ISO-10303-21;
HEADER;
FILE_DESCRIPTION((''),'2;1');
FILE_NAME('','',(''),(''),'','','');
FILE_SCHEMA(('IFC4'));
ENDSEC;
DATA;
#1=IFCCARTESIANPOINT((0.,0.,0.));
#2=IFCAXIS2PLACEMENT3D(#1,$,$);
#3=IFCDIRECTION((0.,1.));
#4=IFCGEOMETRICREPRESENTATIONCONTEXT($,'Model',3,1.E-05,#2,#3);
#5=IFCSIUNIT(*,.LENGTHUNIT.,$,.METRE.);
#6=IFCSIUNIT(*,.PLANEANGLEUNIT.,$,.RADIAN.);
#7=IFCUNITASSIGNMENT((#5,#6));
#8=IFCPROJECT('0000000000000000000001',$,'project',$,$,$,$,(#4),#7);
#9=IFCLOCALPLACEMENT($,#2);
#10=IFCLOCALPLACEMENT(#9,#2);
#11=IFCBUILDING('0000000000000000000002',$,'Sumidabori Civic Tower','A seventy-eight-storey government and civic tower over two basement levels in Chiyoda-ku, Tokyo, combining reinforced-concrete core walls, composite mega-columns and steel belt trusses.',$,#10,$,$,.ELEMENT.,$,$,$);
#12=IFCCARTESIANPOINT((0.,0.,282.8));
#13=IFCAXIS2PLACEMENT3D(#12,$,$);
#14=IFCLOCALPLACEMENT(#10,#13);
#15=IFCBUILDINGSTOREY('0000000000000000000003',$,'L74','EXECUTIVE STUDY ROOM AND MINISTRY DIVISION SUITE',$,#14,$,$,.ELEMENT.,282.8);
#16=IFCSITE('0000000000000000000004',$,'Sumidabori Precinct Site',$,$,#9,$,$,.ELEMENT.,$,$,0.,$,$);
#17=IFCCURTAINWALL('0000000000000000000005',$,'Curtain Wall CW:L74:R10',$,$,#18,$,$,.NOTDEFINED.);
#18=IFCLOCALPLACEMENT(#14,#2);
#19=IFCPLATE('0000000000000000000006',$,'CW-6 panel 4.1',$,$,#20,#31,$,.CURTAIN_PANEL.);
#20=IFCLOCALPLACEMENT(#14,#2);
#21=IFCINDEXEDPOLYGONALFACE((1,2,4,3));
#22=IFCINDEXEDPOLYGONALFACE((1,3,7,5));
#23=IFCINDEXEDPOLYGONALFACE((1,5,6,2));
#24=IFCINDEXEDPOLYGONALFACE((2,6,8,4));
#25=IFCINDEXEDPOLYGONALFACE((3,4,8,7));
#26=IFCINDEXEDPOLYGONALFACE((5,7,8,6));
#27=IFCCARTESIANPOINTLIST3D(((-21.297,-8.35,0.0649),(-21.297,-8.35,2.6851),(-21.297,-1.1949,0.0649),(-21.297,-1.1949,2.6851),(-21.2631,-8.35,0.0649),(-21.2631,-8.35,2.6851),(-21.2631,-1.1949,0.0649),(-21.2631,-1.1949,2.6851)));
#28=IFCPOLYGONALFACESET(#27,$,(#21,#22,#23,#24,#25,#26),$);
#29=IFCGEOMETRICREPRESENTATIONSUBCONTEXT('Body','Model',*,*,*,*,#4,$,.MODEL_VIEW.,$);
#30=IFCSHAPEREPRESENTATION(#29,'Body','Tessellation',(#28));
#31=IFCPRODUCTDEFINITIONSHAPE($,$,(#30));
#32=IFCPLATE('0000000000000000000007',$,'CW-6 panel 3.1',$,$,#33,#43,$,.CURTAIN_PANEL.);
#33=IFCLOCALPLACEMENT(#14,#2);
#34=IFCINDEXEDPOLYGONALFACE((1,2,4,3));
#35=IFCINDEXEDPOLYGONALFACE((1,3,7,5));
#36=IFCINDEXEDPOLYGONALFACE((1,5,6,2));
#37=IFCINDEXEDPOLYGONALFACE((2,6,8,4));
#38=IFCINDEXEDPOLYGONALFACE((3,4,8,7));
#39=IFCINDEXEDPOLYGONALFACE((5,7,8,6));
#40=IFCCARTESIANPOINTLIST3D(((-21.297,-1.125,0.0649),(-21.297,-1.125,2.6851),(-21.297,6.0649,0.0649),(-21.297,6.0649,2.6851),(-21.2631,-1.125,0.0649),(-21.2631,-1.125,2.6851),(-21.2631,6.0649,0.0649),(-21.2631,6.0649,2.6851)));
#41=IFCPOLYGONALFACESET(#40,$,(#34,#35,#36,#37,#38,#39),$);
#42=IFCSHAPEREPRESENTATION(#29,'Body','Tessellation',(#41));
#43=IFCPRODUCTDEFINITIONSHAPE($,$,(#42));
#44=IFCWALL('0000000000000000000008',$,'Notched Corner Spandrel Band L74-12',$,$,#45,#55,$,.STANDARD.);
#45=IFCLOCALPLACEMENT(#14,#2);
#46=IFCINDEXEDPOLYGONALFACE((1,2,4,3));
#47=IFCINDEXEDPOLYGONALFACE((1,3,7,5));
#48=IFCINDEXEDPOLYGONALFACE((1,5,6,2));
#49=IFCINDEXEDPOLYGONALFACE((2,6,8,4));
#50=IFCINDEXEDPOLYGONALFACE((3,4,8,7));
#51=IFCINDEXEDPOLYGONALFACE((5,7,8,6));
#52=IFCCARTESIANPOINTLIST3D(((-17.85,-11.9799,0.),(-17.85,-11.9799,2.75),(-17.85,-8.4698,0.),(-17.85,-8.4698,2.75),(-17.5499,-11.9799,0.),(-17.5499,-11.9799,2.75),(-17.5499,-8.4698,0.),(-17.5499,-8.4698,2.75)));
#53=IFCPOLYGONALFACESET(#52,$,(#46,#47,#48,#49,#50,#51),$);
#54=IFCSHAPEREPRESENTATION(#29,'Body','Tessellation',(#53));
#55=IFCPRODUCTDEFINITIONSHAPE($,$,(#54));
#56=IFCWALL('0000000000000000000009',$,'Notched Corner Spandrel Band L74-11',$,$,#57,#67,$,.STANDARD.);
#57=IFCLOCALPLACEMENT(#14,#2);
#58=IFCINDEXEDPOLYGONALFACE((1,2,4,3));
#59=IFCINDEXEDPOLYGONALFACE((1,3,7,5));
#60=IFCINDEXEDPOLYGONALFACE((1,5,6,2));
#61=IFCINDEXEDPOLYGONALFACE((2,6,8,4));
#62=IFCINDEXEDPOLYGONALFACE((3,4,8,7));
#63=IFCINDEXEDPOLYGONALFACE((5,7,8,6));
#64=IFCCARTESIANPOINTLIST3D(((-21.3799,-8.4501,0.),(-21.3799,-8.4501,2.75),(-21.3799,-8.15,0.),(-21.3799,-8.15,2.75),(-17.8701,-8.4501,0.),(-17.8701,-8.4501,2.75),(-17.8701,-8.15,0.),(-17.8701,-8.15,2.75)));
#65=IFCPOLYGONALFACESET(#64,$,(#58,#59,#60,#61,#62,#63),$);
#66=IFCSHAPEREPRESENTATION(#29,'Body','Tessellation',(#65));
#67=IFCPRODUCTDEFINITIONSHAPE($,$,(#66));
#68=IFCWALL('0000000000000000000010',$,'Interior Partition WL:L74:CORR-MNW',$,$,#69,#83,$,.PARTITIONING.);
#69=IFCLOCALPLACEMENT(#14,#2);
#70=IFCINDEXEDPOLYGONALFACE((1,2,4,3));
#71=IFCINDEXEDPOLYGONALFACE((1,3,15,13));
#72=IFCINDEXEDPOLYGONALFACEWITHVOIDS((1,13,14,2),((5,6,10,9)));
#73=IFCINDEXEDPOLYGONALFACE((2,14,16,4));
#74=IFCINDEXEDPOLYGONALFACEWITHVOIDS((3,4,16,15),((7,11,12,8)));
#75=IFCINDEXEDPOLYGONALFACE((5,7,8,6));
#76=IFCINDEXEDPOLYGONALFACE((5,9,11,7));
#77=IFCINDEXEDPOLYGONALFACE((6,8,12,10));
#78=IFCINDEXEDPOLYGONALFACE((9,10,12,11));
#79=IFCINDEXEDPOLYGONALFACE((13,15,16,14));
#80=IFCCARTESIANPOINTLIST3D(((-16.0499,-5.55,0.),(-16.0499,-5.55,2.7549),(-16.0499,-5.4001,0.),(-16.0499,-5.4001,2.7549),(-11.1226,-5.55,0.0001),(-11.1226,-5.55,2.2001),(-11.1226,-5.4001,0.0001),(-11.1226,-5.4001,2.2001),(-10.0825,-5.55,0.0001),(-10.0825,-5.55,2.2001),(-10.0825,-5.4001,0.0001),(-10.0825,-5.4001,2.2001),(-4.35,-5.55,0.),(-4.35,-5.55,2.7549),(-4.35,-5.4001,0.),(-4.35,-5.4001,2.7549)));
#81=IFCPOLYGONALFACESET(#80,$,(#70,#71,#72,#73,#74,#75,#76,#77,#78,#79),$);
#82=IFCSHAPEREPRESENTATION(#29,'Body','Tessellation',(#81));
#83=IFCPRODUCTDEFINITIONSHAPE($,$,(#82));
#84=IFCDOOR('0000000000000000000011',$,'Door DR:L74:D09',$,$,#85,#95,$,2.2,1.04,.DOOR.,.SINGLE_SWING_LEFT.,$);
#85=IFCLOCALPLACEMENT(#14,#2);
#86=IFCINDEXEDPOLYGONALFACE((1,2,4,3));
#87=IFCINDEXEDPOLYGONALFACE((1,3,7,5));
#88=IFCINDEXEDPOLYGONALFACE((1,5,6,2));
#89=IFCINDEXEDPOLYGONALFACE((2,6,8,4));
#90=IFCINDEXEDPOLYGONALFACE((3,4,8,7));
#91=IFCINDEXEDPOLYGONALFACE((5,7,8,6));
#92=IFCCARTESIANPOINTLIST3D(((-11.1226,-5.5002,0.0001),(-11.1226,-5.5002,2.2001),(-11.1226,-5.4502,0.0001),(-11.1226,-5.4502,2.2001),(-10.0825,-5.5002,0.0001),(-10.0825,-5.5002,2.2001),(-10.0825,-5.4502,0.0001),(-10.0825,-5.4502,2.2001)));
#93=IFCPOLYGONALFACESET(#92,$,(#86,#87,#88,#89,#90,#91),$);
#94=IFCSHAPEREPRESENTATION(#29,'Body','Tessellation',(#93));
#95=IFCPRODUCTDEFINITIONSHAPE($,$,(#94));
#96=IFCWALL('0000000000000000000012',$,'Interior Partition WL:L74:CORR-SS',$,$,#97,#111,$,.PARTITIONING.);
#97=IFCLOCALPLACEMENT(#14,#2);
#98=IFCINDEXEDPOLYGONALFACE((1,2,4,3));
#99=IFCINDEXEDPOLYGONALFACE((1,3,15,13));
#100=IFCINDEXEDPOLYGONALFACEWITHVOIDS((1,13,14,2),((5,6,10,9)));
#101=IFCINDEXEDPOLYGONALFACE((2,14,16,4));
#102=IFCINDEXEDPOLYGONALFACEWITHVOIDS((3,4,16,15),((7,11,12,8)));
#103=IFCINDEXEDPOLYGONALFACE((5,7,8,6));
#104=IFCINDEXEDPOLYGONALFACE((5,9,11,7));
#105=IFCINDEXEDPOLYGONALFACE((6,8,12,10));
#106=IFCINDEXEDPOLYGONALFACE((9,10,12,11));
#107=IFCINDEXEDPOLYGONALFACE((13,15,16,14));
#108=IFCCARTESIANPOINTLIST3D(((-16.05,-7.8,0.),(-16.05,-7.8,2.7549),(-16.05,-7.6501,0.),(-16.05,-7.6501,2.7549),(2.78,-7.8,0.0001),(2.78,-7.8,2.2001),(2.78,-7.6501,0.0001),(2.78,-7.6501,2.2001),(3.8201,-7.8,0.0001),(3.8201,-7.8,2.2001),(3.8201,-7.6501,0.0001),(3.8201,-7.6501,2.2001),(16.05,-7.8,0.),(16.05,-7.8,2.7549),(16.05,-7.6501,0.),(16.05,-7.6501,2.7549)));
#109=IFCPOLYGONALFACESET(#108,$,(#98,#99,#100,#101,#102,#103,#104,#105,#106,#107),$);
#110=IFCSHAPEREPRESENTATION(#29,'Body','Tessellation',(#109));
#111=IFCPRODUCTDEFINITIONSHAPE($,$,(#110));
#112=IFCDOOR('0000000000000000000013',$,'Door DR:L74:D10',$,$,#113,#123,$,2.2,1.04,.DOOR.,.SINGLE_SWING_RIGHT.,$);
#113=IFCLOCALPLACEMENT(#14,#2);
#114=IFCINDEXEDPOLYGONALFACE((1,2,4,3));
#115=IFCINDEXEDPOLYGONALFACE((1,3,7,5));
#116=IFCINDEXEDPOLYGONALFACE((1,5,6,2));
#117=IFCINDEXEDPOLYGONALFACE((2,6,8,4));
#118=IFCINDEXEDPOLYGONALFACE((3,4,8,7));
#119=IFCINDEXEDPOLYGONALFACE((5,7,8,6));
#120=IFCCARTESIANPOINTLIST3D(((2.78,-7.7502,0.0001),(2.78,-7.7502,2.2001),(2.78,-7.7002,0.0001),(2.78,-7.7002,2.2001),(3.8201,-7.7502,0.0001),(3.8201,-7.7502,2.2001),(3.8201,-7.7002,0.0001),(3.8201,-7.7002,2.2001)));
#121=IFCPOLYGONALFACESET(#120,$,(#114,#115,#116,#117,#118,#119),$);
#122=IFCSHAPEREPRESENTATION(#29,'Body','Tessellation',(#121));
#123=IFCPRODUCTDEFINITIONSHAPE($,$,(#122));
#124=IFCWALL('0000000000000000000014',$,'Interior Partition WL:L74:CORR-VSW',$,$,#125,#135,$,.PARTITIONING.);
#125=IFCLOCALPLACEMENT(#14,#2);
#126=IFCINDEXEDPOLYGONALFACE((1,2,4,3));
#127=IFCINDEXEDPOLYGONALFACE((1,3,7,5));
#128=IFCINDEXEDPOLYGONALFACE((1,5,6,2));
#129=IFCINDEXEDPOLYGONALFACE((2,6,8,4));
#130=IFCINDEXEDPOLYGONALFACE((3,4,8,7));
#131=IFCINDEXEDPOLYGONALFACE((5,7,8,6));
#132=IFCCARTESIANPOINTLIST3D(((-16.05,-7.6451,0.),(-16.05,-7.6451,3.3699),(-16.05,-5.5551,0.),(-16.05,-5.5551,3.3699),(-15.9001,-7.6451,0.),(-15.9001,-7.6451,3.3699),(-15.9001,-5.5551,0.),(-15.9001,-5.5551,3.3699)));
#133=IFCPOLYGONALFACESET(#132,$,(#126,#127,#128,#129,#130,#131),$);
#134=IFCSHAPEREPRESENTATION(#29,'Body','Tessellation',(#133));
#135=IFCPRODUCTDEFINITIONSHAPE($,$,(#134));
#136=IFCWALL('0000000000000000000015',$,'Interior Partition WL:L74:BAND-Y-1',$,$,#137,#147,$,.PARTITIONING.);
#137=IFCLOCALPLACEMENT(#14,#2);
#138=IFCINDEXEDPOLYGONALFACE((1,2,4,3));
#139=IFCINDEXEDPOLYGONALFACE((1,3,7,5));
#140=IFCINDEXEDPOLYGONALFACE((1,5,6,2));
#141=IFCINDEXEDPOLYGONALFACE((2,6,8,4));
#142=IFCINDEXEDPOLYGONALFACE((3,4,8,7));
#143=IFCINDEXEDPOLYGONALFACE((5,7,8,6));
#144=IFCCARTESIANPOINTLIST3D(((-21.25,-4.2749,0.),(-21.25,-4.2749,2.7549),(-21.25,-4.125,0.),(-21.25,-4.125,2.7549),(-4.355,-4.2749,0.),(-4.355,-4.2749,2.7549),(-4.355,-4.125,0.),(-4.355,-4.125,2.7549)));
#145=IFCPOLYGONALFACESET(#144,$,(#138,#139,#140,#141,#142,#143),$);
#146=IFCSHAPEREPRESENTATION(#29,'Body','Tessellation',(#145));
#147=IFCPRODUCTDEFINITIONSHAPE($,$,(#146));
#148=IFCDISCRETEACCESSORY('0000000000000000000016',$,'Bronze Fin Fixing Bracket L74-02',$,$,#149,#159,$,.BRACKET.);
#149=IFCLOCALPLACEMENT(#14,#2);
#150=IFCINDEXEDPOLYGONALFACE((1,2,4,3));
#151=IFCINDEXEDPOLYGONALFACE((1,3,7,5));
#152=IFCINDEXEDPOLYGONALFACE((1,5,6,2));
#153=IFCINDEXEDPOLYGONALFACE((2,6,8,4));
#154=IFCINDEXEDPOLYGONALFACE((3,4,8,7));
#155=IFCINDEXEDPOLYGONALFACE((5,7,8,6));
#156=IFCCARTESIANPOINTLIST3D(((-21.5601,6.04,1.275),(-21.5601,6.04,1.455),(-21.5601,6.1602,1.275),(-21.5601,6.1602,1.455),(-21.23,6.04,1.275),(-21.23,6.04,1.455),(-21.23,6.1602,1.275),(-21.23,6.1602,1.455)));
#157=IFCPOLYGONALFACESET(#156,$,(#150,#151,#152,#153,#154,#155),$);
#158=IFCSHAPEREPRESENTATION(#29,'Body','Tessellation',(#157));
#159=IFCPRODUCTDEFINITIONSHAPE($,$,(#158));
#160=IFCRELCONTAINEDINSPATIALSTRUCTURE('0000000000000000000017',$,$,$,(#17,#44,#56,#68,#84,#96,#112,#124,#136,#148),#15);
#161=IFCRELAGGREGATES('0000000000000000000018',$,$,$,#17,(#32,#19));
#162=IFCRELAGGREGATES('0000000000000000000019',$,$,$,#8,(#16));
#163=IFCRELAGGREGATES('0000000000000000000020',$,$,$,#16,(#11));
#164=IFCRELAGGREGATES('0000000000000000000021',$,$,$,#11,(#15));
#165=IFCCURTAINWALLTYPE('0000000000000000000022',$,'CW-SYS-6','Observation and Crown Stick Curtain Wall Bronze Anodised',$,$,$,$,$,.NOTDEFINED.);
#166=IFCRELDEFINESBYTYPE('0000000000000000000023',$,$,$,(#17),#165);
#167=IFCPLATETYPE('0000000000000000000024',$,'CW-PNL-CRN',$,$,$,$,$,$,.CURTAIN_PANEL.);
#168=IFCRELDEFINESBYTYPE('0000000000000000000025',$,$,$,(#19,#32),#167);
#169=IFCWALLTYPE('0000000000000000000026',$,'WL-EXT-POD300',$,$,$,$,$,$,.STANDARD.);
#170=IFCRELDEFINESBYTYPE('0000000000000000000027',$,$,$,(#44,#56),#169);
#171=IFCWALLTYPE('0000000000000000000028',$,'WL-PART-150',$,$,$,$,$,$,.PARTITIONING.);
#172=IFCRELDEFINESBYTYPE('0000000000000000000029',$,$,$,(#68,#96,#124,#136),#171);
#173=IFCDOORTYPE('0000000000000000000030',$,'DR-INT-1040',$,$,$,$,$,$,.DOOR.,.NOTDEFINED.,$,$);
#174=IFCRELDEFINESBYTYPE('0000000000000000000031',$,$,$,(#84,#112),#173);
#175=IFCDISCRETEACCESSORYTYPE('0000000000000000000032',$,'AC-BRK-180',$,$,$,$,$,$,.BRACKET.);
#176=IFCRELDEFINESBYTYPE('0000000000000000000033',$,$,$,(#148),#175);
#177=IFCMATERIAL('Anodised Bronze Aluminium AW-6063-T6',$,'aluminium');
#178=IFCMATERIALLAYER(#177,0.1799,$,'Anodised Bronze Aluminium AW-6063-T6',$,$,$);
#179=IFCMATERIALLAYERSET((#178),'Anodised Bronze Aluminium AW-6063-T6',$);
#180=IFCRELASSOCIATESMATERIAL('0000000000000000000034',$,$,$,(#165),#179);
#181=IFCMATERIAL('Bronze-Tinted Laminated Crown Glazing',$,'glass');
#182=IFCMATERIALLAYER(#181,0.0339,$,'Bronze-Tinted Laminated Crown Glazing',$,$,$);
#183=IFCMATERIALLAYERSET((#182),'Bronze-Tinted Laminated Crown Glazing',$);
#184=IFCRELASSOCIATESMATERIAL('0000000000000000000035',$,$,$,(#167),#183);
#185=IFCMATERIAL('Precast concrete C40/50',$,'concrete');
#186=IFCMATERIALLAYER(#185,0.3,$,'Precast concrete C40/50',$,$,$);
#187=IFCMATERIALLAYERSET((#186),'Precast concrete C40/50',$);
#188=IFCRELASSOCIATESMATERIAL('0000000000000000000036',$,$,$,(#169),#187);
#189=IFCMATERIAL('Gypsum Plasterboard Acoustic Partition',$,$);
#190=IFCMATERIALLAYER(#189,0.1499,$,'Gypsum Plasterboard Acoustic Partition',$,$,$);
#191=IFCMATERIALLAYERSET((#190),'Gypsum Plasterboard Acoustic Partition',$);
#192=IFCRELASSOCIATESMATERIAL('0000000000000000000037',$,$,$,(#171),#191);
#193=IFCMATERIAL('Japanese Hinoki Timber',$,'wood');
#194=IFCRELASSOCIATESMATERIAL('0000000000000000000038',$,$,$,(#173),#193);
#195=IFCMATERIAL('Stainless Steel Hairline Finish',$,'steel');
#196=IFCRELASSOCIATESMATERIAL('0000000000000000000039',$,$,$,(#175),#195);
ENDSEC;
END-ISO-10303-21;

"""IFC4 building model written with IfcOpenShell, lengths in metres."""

from ifc_helpers import new_model, si_unit, direction, frame, frame_2d, origin, origin_2d, place, context, subcontext, project, spatial, rectangle, extrude, source, transform, mapped, material, layer, layer_set, material_profile, profile_set, type_object, element, fill, aggregate, save


model = new_model("IFC4")

# Units and contexts
model_context = context("Model", 3, precision=1e-05, world=origin(), true_north=direction((0.0, 1.0)))
body_context = subcontext(model_context, "Body", "Model", "MODEL_VIEW")
ifc_project = project(units=[si_unit("LENGTHUNIT", "METRE"), si_unit("PLANEANGLEUNIT", "RADIAN")], contexts=[model_context])

# Site, building, storey
site_placement = place(None, origin())
site = spatial("IfcSite", under=ifc_project, at=site_placement, Name="Sumidabori Precinct Site", CompositionType="ELEMENT", RefElevation=0.0)
building_placement = place(site_placement, origin())
building = spatial("IfcBuilding", under=site, at=building_placement, Name="Sumidabori Civic Tower", Description="A seventy-eight-storey government and civic tower over two basement levels in Chiyoda-ku, Tokyo, combining reinforced-concrete core walls, composite mega-columns and steel belt trusses.", CompositionType="ELEMENT")
storey_placement = place(building_placement, frame((0.0, 0.0, 282.8)))
storey = spatial("IfcBuildingStorey", under=building, at=storey_placement, Name="L74", Description="EXECUTIVE STUDY ROOM AND MINISTRY DIVISION SUITE", CompositionType="ELEMENT", Elevation=282.8)

# Shared definitions
ifc_material_1 = material(Name="Anodised Bronze Aluminium AW-6063-T6", Category="aluminium")
ifc_layer_1 = layer(ifc_material_1, 0.1799, Name="Anodised Bronze Aluminium AW-6063-T6")
ifc_layer_set_1 = layer_set([ifc_layer_1], Name="Anodised Bronze Aluminium AW-6063-T6")
curtain_wall_type = type_object("IfcCurtainWallType", Name="CW-SYS-6", Description="Observation and Crown Stick Curtain Wall Bronze Anodised", PredefinedType="NOTDEFINED", material=ifc_layer_set_1)

# Curtain wall
curtain_wall_1_placement = place(storey_placement, origin())
curtain_wall_1 = element("IfcCurtainWall", 1, at=curtain_wall_1_placement, inside=storey, type_object=curtain_wall_type, Name="Curtain Wall CW:L74:R10", PredefinedType="NOTDEFINED")

# Plates
ifc_material_2 = material(Name="Bronze-Tinted Laminated Crown Glazing", Category="glass")
ifc_layer_2 = layer(ifc_material_2, 0.0339, Name="Bronze-Tinted Laminated Crown Glazing")
ifc_layer_set_2 = layer_set([ifc_layer_2], Name="Bronze-Tinted Laminated Crown Glazing")
plate_type = type_object("IfcPlateType", Name="CW-PNL-CRN", PredefinedType="CURTAIN_PANEL", material=ifc_layer_set_2)
shared_shape_1 = source(origin(), body_context, "Body", "SweptSolid", [
    extrude(rectangle(XDim=7.155, YDim=0.0339, at=origin_2d()), origin(), (0.0, 0.0, 1.0), 2.6201),
])
plate_1_placement = place(storey_placement, frame((-21.28, -4.7725, 0.0649), z_axis=(0.0, 0.0, 1.0), x_axis=(0.0, -1.0, 0.0)))
plate_1 = element("IfcPlate", 2, at=plate_1_placement, type_object=plate_type, Name="CW-6 panel 4.1", PredefinedType="CURTAIN_PANEL", context=body_context, shape_type="MappedRepresentation", body=[
    mapped(shared_shape_1, transform((0.0, 0.0, 0.0), x_axis=(1.0, 0.0, 0.0), y_axis=(0.0, 1.0, 0.0), z_axis=(0.0, 0.0, 1.0), scale=1.0)),
])
shared_shape_2 = source(origin(), body_context, "Body", "SweptSolid", [
    extrude(rectangle(XDim=7.1899, YDim=0.0339, at=origin_2d()), origin(), (0.0, 0.0, 1.0), 2.6201),
])
plate_2_placement = place(storey_placement, frame((-21.28, 2.47, 0.0649), z_axis=(0.0, 0.0, 1.0), x_axis=(0.0, -1.0, 0.0)))
plate_2 = element("IfcPlate", 3, at=plate_2_placement, type_object=plate_type, Name="CW-6 panel 3.1", PredefinedType="CURTAIN_PANEL", context=body_context, shape_type="MappedRepresentation", body=[
    mapped(shared_shape_2, transform((0.0, 0.0, 0.0), x_axis=(1.0, 0.0, 0.0), y_axis=(0.0, 1.0, 0.0), z_axis=(0.0, 0.0, 1.0), scale=1.0)),
])
aggregate(curtain_wall_1, [plate_2, plate_1])

# Walls
ifc_material_3 = material(Name="Precast concrete C40/50", Category="concrete")
ifc_layer_3 = layer(ifc_material_3, 0.3, Name="Precast concrete C40/50")
ifc_layer_set_3 = layer_set([ifc_layer_3], Name="Precast concrete C40/50")
wall_type_1 = type_object("IfcWallType", Name="WL-EXT-POD300", PredefinedType="STANDARD", material=ifc_layer_set_3)
shared_shape_3 = source(origin(), body_context, "Body", "SweptSolid", [
    extrude(rectangle(XDim=3.51, YDim=0.3, at=frame_2d((1.7549, 0.0))), origin(), (0.0, 0.0, 1.0), 2.75),
])
wall_1_placement = place(storey_placement, frame((-17.7, -8.47, 0.0), z_axis=(0.0, 0.0, 1.0), x_axis=(0.0, -1.0, 0.0)))
element("IfcWall", 4, at=wall_1_placement, inside=storey, type_object=wall_type_1, Name="Notched Corner Spandrel Band L74-12", PredefinedType="STANDARD", context=body_context, shape_type="MappedRepresentation", body=[
    mapped(shared_shape_3, transform((0.0, 0.0, 0.0), x_axis=(1.0, 0.0, 0.0), y_axis=(0.0, 1.0, 0.0), z_axis=(0.0, 0.0, 1.0), scale=1.0)),
])
shared_shape_4 = source(origin(), body_context, "Body", "SweptSolid", [
    extrude(rectangle(XDim=3.5098, YDim=0.3, at=frame_2d((1.7549, 0.0))), origin(), (0.0, 0.0, 1.0), 2.75),
])
wall_2_placement = place(storey_placement, frame((-21.3799, -8.3, 0.0), z_axis=(0.0, 0.0, 1.0), x_axis=(1.0, 0.0, 0.0)))
element("IfcWall", 5, at=wall_2_placement, inside=storey, type_object=wall_type_1, Name="Notched Corner Spandrel Band L74-11", PredefinedType="STANDARD", context=body_context, shape_type="MappedRepresentation", body=[
    mapped(shared_shape_4, transform((0.0, 0.0, 0.0), x_axis=(1.0, 0.0, 0.0), y_axis=(0.0, 1.0, 0.0), z_axis=(0.0, 0.0, 1.0), scale=1.0)),
])

# Walls, openings, doors
ifc_material_4 = material(Name="Gypsum Plasterboard Acoustic Partition")
ifc_layer_4 = layer(ifc_material_4, 0.1499, Name="Gypsum Plasterboard Acoustic Partition")
ifc_layer_set_4 = layer_set([ifc_layer_4], Name="Gypsum Plasterboard Acoustic Partition")
wall_type_2 = type_object("IfcWallType", Name="WL-PART-150", PredefinedType="PARTITIONING", material=ifc_layer_set_4)
shared_shape_5 = source(origin(), body_context, "Body", "SweptSolid", [
    extrude(rectangle(XDim=11.7, YDim=0.1499, at=frame_2d((5.8501, 0.0))), origin(), (0.0, 0.0, 1.0), 2.7549),
])
wall_3_placement = place(storey_placement, frame((-16.05, -5.4751, 0.0), z_axis=(0.0, 0.0, 1.0), x_axis=(1.0, 0.0, 0.0)))
wall_3 = element("IfcWall", 6, at=wall_3_placement, inside=storey, type_object=wall_type_2, Name="Interior Partition WL:L74:CORR-MNW", PredefinedType="PARTITIONING", context=body_context, shape_type="MappedRepresentation", body=[
    mapped(shared_shape_5, transform((0.0, 0.0, 0.0), x_axis=(1.0, 0.0, 0.0), y_axis=(0.0, 1.0, 0.0), z_axis=(0.0, 0.0, 1.0), scale=1.0)),
])
opening_1_placement = place(wall_3_placement, frame((4.9275, 0.0, 0.0)))
opening_1 = element("IfcOpeningElement", 7, at=opening_1_placement, cuts=wall_3, PredefinedType="OPENING", context=body_context, shape_type="SweptSolid", body=[
    extrude(rectangle(XDim=1.04, YDim=2.2, at=frame_2d((0.52, 1.1001))), frame((0.0, 0.0869, 0.0), z_axis=(0.0, -1.0, 0.0), x_axis=(1.0, 0.0, 0.0)), (0.0, 0.0, 1.0), 0.1738),
])
ifc_material_5 = material(Name="Japanese Hinoki Timber", Category="wood")
door_type = type_object("IfcDoorType", Name="DR-INT-1040", OperationType="NOTDEFINED", PredefinedType="DOOR", material=ifc_material_5)
shared_shape_6 = source(origin(), body_context, "Body", "SweptSolid", [
    extrude(rectangle(XDim=1.04, YDim=2.2, at=frame_2d((0.52, 1.1001))), frame((0.0, 0.0249, 0.0), z_axis=(0.0, -1.0, 0.0), x_axis=(1.0, 0.0, 0.0)), (0.0, 0.0, 1.0), 0.05),
])
door_1_placement = place(opening_1_placement, origin())
door_1 = element("IfcDoor", 8, at=door_1_placement, inside=storey, type_object=door_type, Name="Door DR:L74:D09", OperationType="SINGLE_SWING_LEFT", OverallHeight=2.2, OverallWidth=1.04, PredefinedType="DOOR", context=body_context, shape_type="MappedRepresentation", body=[
    mapped(shared_shape_6, transform((0.0, 0.0, 0.0), x_axis=(1.0, 0.0, 0.0), y_axis=(0.0, 1.0, 0.0), z_axis=(0.0, 0.0, 1.0), scale=1.0)),
])
fill(opening_1, door_1)
shared_shape_7 = source(origin(), body_context, "Body", "SweptSolid", [
    extrude(rectangle(XDim=32.1001, YDim=0.1499, at=frame_2d((16.05, 0.0))), origin(), (0.0, 0.0, 1.0), 2.7549),
])
wall_4_placement = place(storey_placement, frame((-16.05, -7.7251, 0.0), z_axis=(0.0, 0.0, 1.0), x_axis=(1.0, 0.0, 0.0)))
wall_4 = element("IfcWall", 9, at=wall_4_placement, inside=storey, type_object=wall_type_2, Name="Interior Partition WL:L74:CORR-SS", PredefinedType="PARTITIONING", context=body_context, shape_type="MappedRepresentation", body=[
    mapped(shared_shape_7, transform((0.0, 0.0, 0.0), x_axis=(1.0, 0.0, 0.0), y_axis=(0.0, 1.0, 0.0), z_axis=(0.0, 0.0, 1.0), scale=1.0)),
])
opening_2_placement = place(wall_4_placement, frame((18.8301, 0.0, 0.0)))
opening_2 = element("IfcOpeningElement", 10, at=opening_2_placement, cuts=wall_4, PredefinedType="OPENING", context=body_context, shape_type="SweptSolid", body=[
    extrude(rectangle(XDim=1.04, YDim=2.2, at=frame_2d((0.52, 1.1001))), frame((0.0, 0.0869, 0.0), z_axis=(0.0, -1.0, 0.0), x_axis=(1.0, 0.0, 0.0)), (0.0, 0.0, 1.0), 0.1738),
])
door_2_placement = place(opening_2_placement, origin())
door_2 = element("IfcDoor", 11, at=door_2_placement, inside=storey, type_object=door_type, Name="Door DR:L74:D10", OperationType="SINGLE_SWING_RIGHT", OverallHeight=2.2, OverallWidth=1.04, PredefinedType="DOOR", context=body_context, shape_type="MappedRepresentation", body=[
    mapped(shared_shape_6, transform((0.0, 0.0, 0.0), x_axis=(1.0, 0.0, 0.0), y_axis=(0.0, 1.0, 0.0), z_axis=(0.0, 0.0, 1.0), scale=1.0)),
])
fill(opening_2, door_2)

# Walls
shared_shape_8 = source(origin(), body_context, "Body", "SweptSolid", [
    extrude(rectangle(XDim=2.0901, YDim=0.1499, at=frame_2d((1.0449, 0.0))), origin(), (0.0, 0.0, 1.0), 3.3699),
])
wall_5_placement = place(storey_placement, frame((-15.9751, -7.645, 0.0), z_axis=(0.0, 0.0, 1.0), x_axis=(0.0, 1.0, 0.0)))
element("IfcWall", 12, at=wall_5_placement, inside=storey, type_object=wall_type_2, Name="Interior Partition WL:L74:CORR-VSW", PredefinedType="PARTITIONING", context=body_context, shape_type="MappedRepresentation", body=[
    mapped(shared_shape_8, transform((0.0, 0.0, 0.0), x_axis=(1.0, 0.0, 0.0), y_axis=(0.0, 1.0, 0.0), z_axis=(0.0, 0.0, 1.0), scale=1.0)),
])
shared_shape_9 = source(origin(), body_context, "Body", "SweptSolid", [
    extrude(rectangle(XDim=16.895, YDim=0.1499, at=frame_2d((8.4475, 0.0))), origin(), (0.0, 0.0, 1.0), 2.7549),
])
wall_6_placement = place(storey_placement, frame((-21.25, -4.2, 0.0), z_axis=(0.0, 0.0, 1.0), x_axis=(1.0, 0.0, 0.0)))
element("IfcWall", 13, at=wall_6_placement, inside=storey, type_object=wall_type_2, Name="Interior Partition WL:L74:BAND-Y-1", PredefinedType="PARTITIONING", context=body_context, shape_type="MappedRepresentation", body=[
    mapped(shared_shape_9, transform((0.0, 0.0, 0.0), x_axis=(1.0, 0.0, 0.0), y_axis=(0.0, 1.0, 0.0), z_axis=(0.0, 0.0, 1.0), scale=1.0)),
])

# Discrete accessory
ifc_material_6 = material(Name="Stainless Steel Hairline Finish", Category="steel")
ifc_material_profile_1 = material_profile(ifc_material_6, rectangle(XDim=0.1201, YDim=0.1799, at=origin_2d()), Name="STEEL BRACKET 180x120")
ifc_profile_set_1 = profile_set([ifc_material_profile_1], Name="Stainless Steel Hairline Finish")
discrete_accessory_type = type_object("IfcDiscreteAccessoryType", Name="AC-BRK-180", PredefinedType="BRACKET", material=ifc_profile_set_1)
shared_shape_10 = source(origin(), body_context, "Body", "SweptSolid", [
    extrude(rectangle(XDim=0.1201, YDim=0.1799, at=origin_2d()), origin(), (0.0, 0.0, 1.0), 0.3301),
])
discrete_accessory_placement = place(storey_placement, frame((-21.23, 6.1001, 1.365), z_axis=(-1.0, 0.0, 0.0), x_axis=(0.0, -1.0, 0.0)))
element("IfcDiscreteAccessory", 14, at=discrete_accessory_placement, inside=storey, type_object=discrete_accessory_type, Name="Bronze Fin Fixing Bracket L74-02", PredefinedType="BRACKET", context=body_context, shape_type="MappedRepresentation", body=[
    mapped(shared_shape_10, transform((0.0, 0.0, 0.0), x_axis=(1.0, 0.0, 0.0), y_axis=(0.0, 1.0, 0.0), z_axis=(0.0, 0.0, 1.0), scale=1.0)),
])

save(model, "model.ifc")
